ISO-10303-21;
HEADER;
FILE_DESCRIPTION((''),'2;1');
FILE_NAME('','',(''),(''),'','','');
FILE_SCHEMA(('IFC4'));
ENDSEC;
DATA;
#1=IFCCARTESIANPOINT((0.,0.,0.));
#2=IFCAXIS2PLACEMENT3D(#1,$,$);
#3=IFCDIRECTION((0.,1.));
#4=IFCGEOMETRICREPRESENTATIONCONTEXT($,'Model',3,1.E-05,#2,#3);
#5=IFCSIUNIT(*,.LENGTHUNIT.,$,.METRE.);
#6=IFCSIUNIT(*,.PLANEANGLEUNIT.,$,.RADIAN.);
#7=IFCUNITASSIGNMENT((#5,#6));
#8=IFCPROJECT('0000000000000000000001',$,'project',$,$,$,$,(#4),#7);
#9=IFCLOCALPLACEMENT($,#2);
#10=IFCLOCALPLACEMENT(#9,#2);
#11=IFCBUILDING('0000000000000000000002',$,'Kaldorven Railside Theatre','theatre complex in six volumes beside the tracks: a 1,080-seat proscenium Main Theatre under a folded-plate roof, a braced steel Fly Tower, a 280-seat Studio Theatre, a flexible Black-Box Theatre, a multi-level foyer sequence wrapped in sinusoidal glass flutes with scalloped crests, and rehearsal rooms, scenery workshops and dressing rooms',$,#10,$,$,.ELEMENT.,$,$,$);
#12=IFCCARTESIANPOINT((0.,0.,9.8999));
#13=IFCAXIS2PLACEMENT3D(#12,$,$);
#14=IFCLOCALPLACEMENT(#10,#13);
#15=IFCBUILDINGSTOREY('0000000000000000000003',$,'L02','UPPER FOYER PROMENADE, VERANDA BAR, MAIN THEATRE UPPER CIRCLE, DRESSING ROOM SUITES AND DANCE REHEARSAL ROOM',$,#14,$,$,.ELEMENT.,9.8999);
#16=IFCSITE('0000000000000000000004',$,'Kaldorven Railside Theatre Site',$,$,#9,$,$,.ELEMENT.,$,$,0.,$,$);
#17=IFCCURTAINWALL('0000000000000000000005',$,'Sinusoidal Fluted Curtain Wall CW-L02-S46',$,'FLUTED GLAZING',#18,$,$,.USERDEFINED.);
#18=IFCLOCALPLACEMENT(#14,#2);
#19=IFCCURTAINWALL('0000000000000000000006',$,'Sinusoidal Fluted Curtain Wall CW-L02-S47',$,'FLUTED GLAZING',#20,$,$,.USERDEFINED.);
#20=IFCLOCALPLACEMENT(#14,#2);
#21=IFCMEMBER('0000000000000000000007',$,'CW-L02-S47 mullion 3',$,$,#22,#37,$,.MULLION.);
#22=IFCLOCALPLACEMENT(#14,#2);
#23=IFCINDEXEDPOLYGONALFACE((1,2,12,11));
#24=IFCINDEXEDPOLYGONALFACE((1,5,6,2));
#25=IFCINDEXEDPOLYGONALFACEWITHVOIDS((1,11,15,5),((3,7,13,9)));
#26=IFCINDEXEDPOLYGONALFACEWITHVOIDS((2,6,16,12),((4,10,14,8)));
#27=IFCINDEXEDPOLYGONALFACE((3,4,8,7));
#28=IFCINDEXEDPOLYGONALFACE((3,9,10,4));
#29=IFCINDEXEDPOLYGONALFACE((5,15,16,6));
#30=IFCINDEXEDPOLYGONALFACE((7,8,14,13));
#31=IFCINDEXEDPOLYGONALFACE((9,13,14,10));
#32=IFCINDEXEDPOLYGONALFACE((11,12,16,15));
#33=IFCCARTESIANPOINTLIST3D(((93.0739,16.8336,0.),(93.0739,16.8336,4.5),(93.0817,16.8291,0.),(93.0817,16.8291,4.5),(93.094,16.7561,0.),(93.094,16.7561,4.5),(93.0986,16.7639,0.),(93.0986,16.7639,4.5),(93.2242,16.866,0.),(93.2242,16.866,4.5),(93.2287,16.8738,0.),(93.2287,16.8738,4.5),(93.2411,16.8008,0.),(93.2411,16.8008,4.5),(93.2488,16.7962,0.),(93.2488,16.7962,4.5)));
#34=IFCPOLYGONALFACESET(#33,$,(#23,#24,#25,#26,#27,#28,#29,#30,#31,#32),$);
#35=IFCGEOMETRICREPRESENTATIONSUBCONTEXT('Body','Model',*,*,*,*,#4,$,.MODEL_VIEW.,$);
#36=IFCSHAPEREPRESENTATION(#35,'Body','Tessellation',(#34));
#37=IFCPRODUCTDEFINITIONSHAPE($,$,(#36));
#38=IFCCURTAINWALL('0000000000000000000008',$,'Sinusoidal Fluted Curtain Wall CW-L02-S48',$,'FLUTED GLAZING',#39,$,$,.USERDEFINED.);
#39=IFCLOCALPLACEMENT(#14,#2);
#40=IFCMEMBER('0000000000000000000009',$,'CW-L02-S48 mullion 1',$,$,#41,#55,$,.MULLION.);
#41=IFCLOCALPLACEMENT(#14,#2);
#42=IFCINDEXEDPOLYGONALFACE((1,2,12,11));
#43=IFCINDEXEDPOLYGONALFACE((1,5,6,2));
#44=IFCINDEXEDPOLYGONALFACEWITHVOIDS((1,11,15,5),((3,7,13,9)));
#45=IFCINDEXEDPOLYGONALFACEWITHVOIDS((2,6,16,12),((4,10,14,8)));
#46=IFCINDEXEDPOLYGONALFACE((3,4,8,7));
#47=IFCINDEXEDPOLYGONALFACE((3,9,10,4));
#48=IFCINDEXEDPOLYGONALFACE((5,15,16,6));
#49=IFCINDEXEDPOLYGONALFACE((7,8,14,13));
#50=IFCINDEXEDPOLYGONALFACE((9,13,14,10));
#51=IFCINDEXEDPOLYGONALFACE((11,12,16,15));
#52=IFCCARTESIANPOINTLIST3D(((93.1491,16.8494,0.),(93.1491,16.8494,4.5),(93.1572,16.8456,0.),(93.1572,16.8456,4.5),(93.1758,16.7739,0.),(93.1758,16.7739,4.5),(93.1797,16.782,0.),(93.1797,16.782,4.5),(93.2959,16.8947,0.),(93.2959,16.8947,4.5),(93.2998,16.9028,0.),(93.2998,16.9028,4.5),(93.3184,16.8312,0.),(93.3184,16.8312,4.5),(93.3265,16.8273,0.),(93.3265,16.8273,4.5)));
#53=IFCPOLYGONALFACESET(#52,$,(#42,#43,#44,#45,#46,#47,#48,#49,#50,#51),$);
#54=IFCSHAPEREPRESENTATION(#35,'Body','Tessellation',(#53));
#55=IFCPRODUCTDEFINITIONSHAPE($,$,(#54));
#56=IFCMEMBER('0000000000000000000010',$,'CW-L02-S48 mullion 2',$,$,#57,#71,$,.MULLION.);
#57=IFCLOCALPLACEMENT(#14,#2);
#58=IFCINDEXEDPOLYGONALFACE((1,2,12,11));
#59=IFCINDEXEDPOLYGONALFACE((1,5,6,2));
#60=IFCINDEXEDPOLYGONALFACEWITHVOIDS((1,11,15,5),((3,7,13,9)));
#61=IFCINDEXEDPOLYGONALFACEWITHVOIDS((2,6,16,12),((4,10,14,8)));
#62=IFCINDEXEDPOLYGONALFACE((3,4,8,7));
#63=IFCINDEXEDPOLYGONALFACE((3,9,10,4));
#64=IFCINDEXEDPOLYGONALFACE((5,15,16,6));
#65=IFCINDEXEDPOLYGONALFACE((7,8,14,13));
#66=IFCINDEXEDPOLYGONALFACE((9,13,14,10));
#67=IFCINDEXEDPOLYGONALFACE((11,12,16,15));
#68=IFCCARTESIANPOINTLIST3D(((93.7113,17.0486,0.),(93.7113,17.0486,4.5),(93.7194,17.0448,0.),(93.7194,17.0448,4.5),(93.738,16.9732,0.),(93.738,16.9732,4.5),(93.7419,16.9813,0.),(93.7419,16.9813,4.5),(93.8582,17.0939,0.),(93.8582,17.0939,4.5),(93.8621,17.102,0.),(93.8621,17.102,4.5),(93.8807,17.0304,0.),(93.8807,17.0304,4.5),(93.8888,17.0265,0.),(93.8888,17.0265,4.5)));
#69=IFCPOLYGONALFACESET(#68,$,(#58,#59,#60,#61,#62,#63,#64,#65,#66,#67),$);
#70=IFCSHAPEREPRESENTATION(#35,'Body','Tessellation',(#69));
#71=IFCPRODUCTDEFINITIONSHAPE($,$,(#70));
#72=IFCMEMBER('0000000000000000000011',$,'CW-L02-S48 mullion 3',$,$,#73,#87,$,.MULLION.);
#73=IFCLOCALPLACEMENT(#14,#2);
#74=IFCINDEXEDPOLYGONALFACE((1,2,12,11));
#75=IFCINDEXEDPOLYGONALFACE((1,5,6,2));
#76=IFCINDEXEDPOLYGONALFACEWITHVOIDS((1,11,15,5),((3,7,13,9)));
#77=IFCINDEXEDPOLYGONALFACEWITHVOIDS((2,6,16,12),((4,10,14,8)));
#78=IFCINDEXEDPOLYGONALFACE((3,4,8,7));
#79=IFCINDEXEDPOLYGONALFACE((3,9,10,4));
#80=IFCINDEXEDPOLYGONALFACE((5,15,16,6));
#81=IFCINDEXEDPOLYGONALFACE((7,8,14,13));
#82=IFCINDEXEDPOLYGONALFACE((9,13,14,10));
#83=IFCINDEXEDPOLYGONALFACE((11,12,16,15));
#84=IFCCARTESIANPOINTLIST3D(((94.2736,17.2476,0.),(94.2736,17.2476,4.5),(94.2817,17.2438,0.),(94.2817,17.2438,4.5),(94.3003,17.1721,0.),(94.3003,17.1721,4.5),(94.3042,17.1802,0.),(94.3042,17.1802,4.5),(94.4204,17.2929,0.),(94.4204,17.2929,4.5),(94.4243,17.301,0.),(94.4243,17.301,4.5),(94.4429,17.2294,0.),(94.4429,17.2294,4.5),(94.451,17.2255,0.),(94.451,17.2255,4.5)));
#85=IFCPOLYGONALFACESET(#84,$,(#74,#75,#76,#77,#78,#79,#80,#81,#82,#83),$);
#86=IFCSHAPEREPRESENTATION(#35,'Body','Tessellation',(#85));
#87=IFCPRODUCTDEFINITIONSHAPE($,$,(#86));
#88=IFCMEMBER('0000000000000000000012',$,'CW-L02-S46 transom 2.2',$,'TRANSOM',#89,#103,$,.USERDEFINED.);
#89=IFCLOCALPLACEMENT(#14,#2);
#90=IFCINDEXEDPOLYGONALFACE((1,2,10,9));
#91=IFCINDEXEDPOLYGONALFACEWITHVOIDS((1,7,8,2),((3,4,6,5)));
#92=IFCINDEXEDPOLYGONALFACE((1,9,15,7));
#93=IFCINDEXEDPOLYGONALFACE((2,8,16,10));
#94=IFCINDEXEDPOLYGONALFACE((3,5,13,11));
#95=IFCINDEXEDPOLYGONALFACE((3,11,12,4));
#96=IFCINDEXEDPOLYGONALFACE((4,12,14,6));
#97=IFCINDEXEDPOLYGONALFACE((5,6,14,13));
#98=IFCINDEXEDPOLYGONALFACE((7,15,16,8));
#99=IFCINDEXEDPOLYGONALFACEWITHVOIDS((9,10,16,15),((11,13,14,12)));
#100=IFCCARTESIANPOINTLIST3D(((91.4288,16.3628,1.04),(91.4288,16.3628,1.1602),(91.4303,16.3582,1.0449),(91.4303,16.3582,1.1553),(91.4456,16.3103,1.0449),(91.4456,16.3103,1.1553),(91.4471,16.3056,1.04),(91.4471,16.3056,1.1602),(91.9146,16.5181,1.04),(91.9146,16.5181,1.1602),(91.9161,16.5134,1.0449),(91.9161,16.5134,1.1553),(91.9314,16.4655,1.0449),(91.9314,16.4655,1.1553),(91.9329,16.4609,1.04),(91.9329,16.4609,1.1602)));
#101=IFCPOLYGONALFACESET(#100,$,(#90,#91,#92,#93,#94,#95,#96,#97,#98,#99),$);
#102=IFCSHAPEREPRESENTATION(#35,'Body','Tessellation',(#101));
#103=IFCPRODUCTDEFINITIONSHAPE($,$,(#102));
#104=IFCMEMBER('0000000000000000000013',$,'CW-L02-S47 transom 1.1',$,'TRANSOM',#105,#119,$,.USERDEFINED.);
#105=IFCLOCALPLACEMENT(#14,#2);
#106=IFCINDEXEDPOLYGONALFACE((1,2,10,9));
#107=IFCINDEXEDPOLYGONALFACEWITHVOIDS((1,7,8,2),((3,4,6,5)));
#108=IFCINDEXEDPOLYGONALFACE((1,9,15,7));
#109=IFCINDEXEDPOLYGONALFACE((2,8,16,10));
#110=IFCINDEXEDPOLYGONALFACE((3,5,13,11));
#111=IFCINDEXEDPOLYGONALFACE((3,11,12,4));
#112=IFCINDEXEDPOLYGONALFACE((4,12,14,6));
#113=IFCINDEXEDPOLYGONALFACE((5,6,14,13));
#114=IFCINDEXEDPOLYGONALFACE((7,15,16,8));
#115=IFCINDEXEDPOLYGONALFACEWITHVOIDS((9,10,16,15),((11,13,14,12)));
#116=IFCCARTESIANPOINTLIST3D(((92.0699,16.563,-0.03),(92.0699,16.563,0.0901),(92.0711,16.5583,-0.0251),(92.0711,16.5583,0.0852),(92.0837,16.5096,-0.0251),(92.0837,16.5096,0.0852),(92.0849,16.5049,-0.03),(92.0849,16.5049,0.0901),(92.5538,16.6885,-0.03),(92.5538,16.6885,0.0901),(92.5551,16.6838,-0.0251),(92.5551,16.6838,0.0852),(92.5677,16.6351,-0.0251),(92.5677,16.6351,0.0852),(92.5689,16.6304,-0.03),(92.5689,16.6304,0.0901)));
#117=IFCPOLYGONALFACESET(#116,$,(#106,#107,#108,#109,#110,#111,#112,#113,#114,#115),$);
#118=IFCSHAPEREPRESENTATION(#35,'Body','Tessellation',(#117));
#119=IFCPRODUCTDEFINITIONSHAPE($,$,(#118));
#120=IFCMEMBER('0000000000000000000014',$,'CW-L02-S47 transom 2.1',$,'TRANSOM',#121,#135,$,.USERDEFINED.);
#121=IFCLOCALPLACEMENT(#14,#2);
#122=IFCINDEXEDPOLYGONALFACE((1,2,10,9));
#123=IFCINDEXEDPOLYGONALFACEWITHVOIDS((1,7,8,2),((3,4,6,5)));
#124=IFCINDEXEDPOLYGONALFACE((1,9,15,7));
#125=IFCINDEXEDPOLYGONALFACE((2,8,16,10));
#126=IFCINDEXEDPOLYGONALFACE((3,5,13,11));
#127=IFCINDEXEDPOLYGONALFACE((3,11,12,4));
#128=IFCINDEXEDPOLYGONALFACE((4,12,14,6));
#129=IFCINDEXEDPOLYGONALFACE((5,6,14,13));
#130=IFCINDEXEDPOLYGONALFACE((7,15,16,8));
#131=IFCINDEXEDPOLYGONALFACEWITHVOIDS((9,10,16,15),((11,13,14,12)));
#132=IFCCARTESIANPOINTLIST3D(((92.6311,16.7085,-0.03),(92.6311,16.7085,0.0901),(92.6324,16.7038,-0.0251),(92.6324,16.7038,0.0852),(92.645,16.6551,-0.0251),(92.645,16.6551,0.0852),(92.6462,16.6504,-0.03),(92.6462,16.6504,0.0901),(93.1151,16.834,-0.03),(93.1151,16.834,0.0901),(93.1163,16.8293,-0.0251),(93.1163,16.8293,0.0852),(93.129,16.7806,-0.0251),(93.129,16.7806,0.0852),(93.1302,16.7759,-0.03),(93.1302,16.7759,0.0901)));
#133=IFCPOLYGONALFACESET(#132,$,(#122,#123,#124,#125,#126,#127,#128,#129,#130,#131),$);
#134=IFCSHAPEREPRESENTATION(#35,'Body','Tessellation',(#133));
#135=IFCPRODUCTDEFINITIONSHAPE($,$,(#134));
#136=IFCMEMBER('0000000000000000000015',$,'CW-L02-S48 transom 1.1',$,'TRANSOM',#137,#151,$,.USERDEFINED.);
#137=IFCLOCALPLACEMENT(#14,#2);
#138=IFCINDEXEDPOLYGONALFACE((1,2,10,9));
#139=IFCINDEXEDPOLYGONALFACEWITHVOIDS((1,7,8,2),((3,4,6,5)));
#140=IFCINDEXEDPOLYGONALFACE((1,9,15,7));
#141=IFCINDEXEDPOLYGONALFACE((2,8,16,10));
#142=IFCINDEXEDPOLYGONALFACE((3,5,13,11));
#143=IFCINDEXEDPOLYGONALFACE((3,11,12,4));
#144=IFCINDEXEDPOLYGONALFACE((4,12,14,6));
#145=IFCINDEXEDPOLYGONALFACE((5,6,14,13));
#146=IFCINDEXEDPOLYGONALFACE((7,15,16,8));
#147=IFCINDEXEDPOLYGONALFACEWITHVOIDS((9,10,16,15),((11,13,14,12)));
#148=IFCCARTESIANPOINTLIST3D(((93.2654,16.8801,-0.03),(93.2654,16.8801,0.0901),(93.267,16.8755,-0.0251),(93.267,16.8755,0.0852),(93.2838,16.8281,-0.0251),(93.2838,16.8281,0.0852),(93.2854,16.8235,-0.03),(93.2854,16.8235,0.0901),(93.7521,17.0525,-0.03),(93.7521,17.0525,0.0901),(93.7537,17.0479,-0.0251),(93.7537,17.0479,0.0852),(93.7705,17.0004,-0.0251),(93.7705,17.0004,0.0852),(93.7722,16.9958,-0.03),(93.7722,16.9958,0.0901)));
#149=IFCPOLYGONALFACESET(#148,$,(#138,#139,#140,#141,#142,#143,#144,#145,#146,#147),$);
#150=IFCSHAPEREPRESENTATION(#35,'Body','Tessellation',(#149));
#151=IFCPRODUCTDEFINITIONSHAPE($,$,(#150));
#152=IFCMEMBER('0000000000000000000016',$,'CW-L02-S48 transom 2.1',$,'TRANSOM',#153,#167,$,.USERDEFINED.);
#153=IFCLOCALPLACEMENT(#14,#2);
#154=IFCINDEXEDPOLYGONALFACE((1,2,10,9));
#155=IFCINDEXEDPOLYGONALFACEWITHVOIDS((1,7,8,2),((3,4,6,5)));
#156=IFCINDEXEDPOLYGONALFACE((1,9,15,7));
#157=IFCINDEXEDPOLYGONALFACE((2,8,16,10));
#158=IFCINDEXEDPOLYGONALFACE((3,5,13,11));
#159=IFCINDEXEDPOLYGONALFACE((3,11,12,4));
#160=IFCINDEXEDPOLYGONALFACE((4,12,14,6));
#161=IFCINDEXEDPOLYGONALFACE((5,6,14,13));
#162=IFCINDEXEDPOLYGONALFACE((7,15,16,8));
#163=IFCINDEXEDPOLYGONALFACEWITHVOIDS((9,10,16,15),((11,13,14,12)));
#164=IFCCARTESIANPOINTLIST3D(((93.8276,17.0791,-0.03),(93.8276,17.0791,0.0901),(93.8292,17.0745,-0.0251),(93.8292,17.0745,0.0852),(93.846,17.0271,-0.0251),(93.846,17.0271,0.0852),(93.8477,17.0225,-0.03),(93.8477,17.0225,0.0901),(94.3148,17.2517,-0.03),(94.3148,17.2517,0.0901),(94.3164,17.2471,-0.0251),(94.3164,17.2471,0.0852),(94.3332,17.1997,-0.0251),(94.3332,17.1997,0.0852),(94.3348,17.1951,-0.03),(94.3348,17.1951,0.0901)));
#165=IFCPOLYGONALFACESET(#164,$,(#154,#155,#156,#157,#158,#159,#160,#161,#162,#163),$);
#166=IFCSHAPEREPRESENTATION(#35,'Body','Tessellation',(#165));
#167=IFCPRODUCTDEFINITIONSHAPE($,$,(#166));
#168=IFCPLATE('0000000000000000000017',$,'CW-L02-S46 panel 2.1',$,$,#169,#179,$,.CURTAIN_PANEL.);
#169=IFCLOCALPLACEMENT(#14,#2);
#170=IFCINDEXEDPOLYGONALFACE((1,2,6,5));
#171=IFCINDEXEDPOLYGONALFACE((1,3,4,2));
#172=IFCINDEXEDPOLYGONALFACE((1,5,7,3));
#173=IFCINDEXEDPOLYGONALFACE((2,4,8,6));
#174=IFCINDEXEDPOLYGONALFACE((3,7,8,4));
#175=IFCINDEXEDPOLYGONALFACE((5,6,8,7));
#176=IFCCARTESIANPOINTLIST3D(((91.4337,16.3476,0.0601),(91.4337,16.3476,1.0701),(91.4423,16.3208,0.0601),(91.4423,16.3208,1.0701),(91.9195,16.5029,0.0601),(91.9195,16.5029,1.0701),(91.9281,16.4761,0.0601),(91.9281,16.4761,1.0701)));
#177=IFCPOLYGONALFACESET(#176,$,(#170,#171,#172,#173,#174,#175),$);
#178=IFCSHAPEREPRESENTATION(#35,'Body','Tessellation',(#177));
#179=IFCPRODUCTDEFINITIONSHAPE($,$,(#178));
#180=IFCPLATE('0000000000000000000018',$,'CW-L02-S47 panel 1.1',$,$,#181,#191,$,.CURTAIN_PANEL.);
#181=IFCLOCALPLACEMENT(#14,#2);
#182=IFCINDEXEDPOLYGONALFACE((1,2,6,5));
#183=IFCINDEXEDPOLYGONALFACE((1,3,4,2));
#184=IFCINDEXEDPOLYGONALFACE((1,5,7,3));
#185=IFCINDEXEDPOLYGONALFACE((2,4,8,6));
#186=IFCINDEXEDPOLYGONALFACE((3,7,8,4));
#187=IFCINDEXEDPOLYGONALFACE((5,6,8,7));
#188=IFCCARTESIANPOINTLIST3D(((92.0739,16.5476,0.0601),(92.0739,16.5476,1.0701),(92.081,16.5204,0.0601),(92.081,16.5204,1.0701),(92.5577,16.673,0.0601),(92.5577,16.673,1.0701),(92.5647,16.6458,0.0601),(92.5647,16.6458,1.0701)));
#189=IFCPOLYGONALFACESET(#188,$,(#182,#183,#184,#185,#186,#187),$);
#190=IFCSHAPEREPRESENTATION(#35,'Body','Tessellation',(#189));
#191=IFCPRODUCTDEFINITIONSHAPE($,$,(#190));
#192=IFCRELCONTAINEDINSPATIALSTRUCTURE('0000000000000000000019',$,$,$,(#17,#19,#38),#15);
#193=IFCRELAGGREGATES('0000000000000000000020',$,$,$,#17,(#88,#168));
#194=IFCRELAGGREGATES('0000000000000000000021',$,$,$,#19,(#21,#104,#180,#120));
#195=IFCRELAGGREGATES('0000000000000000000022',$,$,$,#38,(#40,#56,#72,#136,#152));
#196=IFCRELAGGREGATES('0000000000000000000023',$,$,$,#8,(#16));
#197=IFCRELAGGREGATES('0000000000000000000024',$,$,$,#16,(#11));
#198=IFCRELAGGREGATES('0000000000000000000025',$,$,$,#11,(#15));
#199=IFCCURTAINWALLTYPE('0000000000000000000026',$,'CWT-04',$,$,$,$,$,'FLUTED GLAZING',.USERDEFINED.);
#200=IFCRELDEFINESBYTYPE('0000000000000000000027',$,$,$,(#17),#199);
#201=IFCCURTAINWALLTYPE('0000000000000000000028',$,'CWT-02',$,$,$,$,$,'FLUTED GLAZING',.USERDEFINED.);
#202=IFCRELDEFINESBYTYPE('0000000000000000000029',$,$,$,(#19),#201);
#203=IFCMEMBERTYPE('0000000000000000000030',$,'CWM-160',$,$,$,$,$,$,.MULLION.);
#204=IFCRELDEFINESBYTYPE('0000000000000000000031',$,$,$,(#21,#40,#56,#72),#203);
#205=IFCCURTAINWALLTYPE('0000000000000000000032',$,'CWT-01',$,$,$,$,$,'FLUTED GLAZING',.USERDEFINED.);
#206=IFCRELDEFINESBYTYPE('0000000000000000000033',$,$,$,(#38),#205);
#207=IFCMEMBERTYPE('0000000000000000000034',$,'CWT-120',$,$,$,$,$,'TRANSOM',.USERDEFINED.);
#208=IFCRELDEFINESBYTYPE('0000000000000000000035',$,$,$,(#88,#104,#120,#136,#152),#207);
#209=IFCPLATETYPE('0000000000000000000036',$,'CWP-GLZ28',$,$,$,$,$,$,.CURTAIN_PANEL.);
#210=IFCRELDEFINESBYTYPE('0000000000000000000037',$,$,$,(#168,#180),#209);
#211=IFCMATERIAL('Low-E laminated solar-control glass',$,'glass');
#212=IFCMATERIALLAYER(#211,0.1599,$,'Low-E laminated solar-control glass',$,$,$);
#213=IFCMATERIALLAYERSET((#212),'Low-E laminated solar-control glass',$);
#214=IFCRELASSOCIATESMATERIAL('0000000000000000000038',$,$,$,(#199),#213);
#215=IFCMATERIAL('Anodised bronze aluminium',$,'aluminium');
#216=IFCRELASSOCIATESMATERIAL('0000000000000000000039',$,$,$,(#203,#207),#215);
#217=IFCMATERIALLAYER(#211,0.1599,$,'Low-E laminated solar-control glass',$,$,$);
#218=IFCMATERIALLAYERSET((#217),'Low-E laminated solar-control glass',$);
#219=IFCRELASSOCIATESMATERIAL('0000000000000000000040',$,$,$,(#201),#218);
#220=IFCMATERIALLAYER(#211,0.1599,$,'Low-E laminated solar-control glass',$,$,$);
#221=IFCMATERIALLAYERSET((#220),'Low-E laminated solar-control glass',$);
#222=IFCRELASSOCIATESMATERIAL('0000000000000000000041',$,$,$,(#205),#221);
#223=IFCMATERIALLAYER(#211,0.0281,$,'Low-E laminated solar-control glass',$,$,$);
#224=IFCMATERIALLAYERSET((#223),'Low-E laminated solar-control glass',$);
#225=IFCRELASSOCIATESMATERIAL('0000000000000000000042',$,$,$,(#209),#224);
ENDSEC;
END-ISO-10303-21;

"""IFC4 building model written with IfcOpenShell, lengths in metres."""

from ifc_helpers import new_model, si_unit, direction, frame, origin, origin_2d, place, context, subcontext, project, spatial, rectangle, hollow_rectangle, extrude, material, layer, layer_set, material_profile, profile_set, type_object, element, aggregate, save


model = new_model("IFC4")

# Units and contexts
model_context = context("Model", 3, precision=1e-05, world=origin(), true_north=direction((0.0, 1.0)))
body_context = subcontext(model_context, "Body", "Model", "MODEL_VIEW")
ifc_project = project(units=[si_unit("LENGTHUNIT", "METRE"), si_unit("PLANEANGLEUNIT", "RADIAN")], contexts=[model_context])

# Site, building, storey
site_placement = place(None, origin())
site = spatial("IfcSite", under=ifc_project, at=site_placement, Name="Kaldorven Railside Theatre Site", CompositionType="ELEMENT", RefElevation=0.0)
building_placement = place(site_placement, origin())
building = spatial("IfcBuilding", under=site, at=building_placement, Name="Kaldorven Railside Theatre", Description="theatre complex in six volumes beside the tracks: a 1,080-seat proscenium Main Theatre under a folded-plate roof, a braced steel Fly Tower, a 280-seat Studio Theatre, a flexible Black-Box Theatre, a multi-level foyer sequence wrapped in sinusoidal glass flutes with scalloped crests, and rehearsal rooms, scenery workshops and dressing rooms", CompositionType="ELEMENT")
storey_placement = place(building_placement, frame((0.0, 0.0, 9.8999)))
storey = spatial("IfcBuildingStorey", under=building, at=storey_placement, Name="L02", Description="UPPER FOYER PROMENADE, VERANDA BAR, MAIN THEATRE UPPER CIRCLE, DRESSING ROOM SUITES AND DANCE REHEARSAL ROOM", CompositionType="ELEMENT", Elevation=9.8999)

# Curtain wall
ifc_material_1 = material(Name="Low-E laminated solar-control glass", Category="glass")
ifc_layer_1 = layer(ifc_material_1, 0.1599, Name="Low-E laminated solar-control glass")
ifc_layer_set_1 = layer_set([ifc_layer_1], Name="Low-E laminated solar-control glass")
curtain_wall_type_1 = type_object("IfcCurtainWallType", Name="CWT-04", ElementType="FLUTED GLAZING", PredefinedType="USERDEFINED", material=ifc_layer_set_1)
curtain_wall_1_placement = place(storey_placement, origin())
curtain_wall_1 = element("IfcCurtainWall", 1, at=curtain_wall_1_placement, inside=storey, type_object=curtain_wall_type_1, Name="Sinusoidal Fluted Curtain Wall CW-L02-S46", ObjectType="FLUTED GLAZING", PredefinedType="USERDEFINED")
ifc_material_2 = material(Name="Anodised bronze aluminium", Category="aluminium")
ifc_material_profile_1 = material_profile(ifc_material_2, hollow_rectangle(XDim=0.0801, YDim=0.1599, WallThickness=0.0063, at=origin_2d()), Name="RHS 160x80x6.3")
ifc_profile_set_1 = profile_set([ifc_material_profile_1], Name="Anodised bronze aluminium")
member_type_1 = type_object("IfcMemberType", Name="CWM-160", PredefinedType="MULLION", material=ifc_profile_set_1)

# Curtain walls, members
ifc_layer_2 = layer(ifc_material_1, 0.1599, Name="Low-E laminated solar-control glass")
ifc_layer_set_2 = layer_set([ifc_layer_2], Name="Low-E laminated solar-control glass")
curtain_wall_type_2 = type_object("IfcCurtainWallType", Name="CWT-02", ElementType="FLUTED GLAZING", PredefinedType="USERDEFINED", material=ifc_layer_set_2)
curtain_wall_2_placement = place(storey_placement, origin())
curtain_wall_2 = element("IfcCurtainWall", 2, at=curtain_wall_2_placement, inside=storey, type_object=curtain_wall_type_2, Name="Sinusoidal Fluted Curtain Wall CW-L02-S47", ObjectType="FLUTED GLAZING", PredefinedType="USERDEFINED")
member_1_placement = place(storey_placement, frame((93.1614, 16.8149, 0.0), z_axis=(0.0, 0.0, 1.0), x_axis=(-0.250954, 0.967999, 0.0)))
member_1 = element("IfcMember", 3, at=member_1_placement, type_object=member_type_1, Name="CW-L02-S47 mullion 3", PredefinedType="MULLION", context=body_context, shape_type="SweptSolid", body=[
    extrude(hollow_rectangle(XDim=0.0801, YDim=0.1599, WallThickness=0.0063, at=origin_2d()), origin(), (0.0, 0.0, 1.0), 4.5),
])
ifc_layer_3 = layer(ifc_material_1, 0.1599, Name="Low-E laminated solar-control glass")
ifc_layer_set_3 = layer_set([ifc_layer_3], Name="Low-E laminated solar-control glass")
curtain_wall_type_3 = type_object("IfcCurtainWallType", Name="CWT-01", ElementType="FLUTED GLAZING", PredefinedType="USERDEFINED", material=ifc_layer_set_3)
curtain_wall_3_placement = place(storey_placement, origin())
curtain_wall_3 = element("IfcCurtainWall", 4, at=curtain_wall_3_placement, inside=storey, type_object=curtain_wall_type_3, Name="Sinusoidal Fluted Curtain Wall CW-L02-S48", ObjectType="FLUTED GLAZING", PredefinedType="USERDEFINED")
member_2_placement = place(storey_placement, frame((93.2378, 16.8384, 0.0), z_axis=(0.0, 0.0, 1.0), x_axis=(-0.333847, 0.942627, 0.0)))
member_2 = element("IfcMember", 5, at=member_2_placement, type_object=member_type_1, Name="CW-L02-S48 mullion 1", PredefinedType="MULLION", context=body_context, shape_type="SweptSolid", body=[
    extrude(hollow_rectangle(XDim=0.0801, YDim=0.1599, WallThickness=0.0063, at=origin_2d()), origin(), (0.0, 0.0, 1.0), 4.5),
])
member_3_placement = place(storey_placement, frame((93.8, 17.0376, 0.0), z_axis=(0.0, 0.0, 1.0), x_axis=(-0.333847, 0.942627, 0.0)))
member_3 = element("IfcMember", 6, at=member_3_placement, type_object=member_type_1, Name="CW-L02-S48 mullion 2", PredefinedType="MULLION", context=body_context, shape_type="SweptSolid", body=[
    extrude(hollow_rectangle(XDim=0.0801, YDim=0.1599, WallThickness=0.0063, at=origin_2d()), origin(), (0.0, 0.0, 1.0), 4.5),
])
member_4_placement = place(storey_placement, frame((94.3623, 17.2366, 0.0), z_axis=(0.0, 0.0, 1.0), x_axis=(-0.333847, 0.942627, 0.0)))
member_4 = element("IfcMember", 7, at=member_4_placement, type_object=member_type_1, Name="CW-L02-S48 mullion 3", PredefinedType="MULLION", context=body_context, shape_type="SweptSolid", body=[
    extrude(hollow_rectangle(XDim=0.0801, YDim=0.1599, WallThickness=0.0063, at=origin_2d()), origin(), (0.0, 0.0, 1.0), 4.5),
])

# Members
ifc_material_profile_2 = material_profile(ifc_material_2, hollow_rectangle(XDim=0.0601, YDim=0.1201, WallThickness=0.0049, at=origin_2d()), Name="RHS 120x60x5")
ifc_profile_set_2 = profile_set([ifc_material_profile_2], Name="Anodised bronze aluminium")
member_type_2 = type_object("IfcMemberType", Name="CWT-120", ElementType="TRANSOM", PredefinedType="USERDEFINED", material=ifc_profile_set_2)
member_5_placement = place(storey_placement, frame((91.438, 16.3342, 1.1001), z_axis=(0.952535, 0.304428, 0.0), x_axis=(-0.304428, 0.952535, 0.0)))
member_5 = element("IfcMember", 8, at=member_5_placement, type_object=member_type_2, Name="CW-L02-S46 transom 2.2", ObjectType="TRANSOM", PredefinedType="USERDEFINED", context=body_context, shape_type="SweptSolid", body=[
    extrude(hollow_rectangle(XDim=0.0601, YDim=0.1201, WallThickness=0.0049, at=origin_2d()), origin(), (0.0, 0.0, 1.0), 0.51),
])
member_6_placement = place(storey_placement, frame((92.0774, 16.5339, 0.03), z_axis=(0.967979, 0.25103, 0.0), x_axis=(-0.25103, 0.967979, 0.0)))
member_6 = element("IfcMember", 9, at=member_6_placement, type_object=member_type_2, Name="CW-L02-S47 transom 1.1", ObjectType="TRANSOM", PredefinedType="USERDEFINED", context=body_context, shape_type="SweptSolid", body=[
    extrude(hollow_rectangle(XDim=0.0601, YDim=0.1201, WallThickness=0.0049, at=origin_2d()), origin(), (0.0, 0.0, 1.0), 0.5),
])
member_7_placement = place(storey_placement, frame((92.6387, 16.6794, 0.03), z_axis=(0.967979, 0.25103, 0.0), x_axis=(-0.25103, 0.967979, 0.0)))
member_7 = element("IfcMember", 10, at=member_7_placement, type_object=member_type_2, Name="CW-L02-S47 transom 2.1", ObjectType="TRANSOM", PredefinedType="USERDEFINED", context=body_context, shape_type="SweptSolid", body=[
    extrude(hollow_rectangle(XDim=0.0601, YDim=0.1201, WallThickness=0.0049, at=origin_2d()), origin(), (0.0, 0.0, 1.0), 0.5),
])
member_8_placement = place(storey_placement, frame((93.2754, 16.8518, 0.03), z_axis=(0.942658, 0.33376, 0.0), x_axis=(-0.33376, 0.942658, 0.0)))
member_8 = element("IfcMember", 11, at=member_8_placement, type_object=member_type_2, Name="CW-L02-S48 transom 1.1", ObjectType="TRANSOM", PredefinedType="USERDEFINED", context=body_context, shape_type="SweptSolid", body=[
    extrude(hollow_rectangle(XDim=0.0601, YDim=0.1201, WallThickness=0.0049, at=origin_2d()), origin(), (0.0, 0.0, 1.0), 0.5164),
])
member_9_placement = place(storey_placement, frame((93.8376, 17.0508, 0.03), z_axis=(0.942562, 0.334031, 0.0), x_axis=(-0.334031, 0.942562, 0.0)))
member_9 = element("IfcMember", 12, at=member_9_placement, type_object=member_type_2, Name="CW-L02-S48 transom 2.1", ObjectType="TRANSOM", PredefinedType="USERDEFINED", context=body_context, shape_type="SweptSolid", body=[
    extrude(hollow_rectangle(XDim=0.0601, YDim=0.1201, WallThickness=0.0049, at=origin_2d()), origin(), (0.0, 0.0, 1.0), 0.5168),
])

# Plates
ifc_layer_4 = layer(ifc_material_1, 0.0281, Name="Low-E laminated solar-control glass")
ifc_layer_set_4 = layer_set([ifc_layer_4], Name="Low-E laminated solar-control glass")
plate_type = type_object("IfcPlateType", Name="CWP-GLZ28", PredefinedType="CURTAIN_PANEL", material=ifc_layer_set_4)
plate_1_placement = place(storey_placement, frame((91.6809, 16.4119, 0.0601), z_axis=(0.0, 0.0, 1.0), x_axis=(0.952516, 0.304488, 0.0)))
plate_1 = element("IfcPlate", 13, at=plate_1_placement, type_object=plate_type, Name="CW-L02-S46 panel 2.1", PredefinedType="CURTAIN_PANEL", context=body_context, shape_type="SweptSolid", body=[
    extrude(rectangle(XDim=0.51, YDim=0.0281, at=origin_2d()), origin(), (0.0, 0.0, 1.0), 1.01),
])
aggregate(curtain_wall_1, [member_5, plate_1])
plate_2_placement = place(storey_placement, frame((92.3193, 16.5967, 0.0601), z_axis=(0.0, 0.0, 1.0), x_axis=(0.967999, 0.250954, 0.0)))
plate_2 = element("IfcPlate", 14, at=plate_2_placement, type_object=plate_type, Name="CW-L02-S47 panel 1.1", PredefinedType="CURTAIN_PANEL", context=body_context, shape_type="SweptSolid", body=[
    extrude(rectangle(XDim=0.4998, YDim=0.0281, at=origin_2d()), origin(), (0.0, 0.0, 1.0), 1.01),
])
aggregate(curtain_wall_2, [member_1, member_6, plate_2, member_7])
aggregate(curtain_wall_3, [member_2, member_3, member_4, member_8, member_9])

save(model, "model.ifc")
